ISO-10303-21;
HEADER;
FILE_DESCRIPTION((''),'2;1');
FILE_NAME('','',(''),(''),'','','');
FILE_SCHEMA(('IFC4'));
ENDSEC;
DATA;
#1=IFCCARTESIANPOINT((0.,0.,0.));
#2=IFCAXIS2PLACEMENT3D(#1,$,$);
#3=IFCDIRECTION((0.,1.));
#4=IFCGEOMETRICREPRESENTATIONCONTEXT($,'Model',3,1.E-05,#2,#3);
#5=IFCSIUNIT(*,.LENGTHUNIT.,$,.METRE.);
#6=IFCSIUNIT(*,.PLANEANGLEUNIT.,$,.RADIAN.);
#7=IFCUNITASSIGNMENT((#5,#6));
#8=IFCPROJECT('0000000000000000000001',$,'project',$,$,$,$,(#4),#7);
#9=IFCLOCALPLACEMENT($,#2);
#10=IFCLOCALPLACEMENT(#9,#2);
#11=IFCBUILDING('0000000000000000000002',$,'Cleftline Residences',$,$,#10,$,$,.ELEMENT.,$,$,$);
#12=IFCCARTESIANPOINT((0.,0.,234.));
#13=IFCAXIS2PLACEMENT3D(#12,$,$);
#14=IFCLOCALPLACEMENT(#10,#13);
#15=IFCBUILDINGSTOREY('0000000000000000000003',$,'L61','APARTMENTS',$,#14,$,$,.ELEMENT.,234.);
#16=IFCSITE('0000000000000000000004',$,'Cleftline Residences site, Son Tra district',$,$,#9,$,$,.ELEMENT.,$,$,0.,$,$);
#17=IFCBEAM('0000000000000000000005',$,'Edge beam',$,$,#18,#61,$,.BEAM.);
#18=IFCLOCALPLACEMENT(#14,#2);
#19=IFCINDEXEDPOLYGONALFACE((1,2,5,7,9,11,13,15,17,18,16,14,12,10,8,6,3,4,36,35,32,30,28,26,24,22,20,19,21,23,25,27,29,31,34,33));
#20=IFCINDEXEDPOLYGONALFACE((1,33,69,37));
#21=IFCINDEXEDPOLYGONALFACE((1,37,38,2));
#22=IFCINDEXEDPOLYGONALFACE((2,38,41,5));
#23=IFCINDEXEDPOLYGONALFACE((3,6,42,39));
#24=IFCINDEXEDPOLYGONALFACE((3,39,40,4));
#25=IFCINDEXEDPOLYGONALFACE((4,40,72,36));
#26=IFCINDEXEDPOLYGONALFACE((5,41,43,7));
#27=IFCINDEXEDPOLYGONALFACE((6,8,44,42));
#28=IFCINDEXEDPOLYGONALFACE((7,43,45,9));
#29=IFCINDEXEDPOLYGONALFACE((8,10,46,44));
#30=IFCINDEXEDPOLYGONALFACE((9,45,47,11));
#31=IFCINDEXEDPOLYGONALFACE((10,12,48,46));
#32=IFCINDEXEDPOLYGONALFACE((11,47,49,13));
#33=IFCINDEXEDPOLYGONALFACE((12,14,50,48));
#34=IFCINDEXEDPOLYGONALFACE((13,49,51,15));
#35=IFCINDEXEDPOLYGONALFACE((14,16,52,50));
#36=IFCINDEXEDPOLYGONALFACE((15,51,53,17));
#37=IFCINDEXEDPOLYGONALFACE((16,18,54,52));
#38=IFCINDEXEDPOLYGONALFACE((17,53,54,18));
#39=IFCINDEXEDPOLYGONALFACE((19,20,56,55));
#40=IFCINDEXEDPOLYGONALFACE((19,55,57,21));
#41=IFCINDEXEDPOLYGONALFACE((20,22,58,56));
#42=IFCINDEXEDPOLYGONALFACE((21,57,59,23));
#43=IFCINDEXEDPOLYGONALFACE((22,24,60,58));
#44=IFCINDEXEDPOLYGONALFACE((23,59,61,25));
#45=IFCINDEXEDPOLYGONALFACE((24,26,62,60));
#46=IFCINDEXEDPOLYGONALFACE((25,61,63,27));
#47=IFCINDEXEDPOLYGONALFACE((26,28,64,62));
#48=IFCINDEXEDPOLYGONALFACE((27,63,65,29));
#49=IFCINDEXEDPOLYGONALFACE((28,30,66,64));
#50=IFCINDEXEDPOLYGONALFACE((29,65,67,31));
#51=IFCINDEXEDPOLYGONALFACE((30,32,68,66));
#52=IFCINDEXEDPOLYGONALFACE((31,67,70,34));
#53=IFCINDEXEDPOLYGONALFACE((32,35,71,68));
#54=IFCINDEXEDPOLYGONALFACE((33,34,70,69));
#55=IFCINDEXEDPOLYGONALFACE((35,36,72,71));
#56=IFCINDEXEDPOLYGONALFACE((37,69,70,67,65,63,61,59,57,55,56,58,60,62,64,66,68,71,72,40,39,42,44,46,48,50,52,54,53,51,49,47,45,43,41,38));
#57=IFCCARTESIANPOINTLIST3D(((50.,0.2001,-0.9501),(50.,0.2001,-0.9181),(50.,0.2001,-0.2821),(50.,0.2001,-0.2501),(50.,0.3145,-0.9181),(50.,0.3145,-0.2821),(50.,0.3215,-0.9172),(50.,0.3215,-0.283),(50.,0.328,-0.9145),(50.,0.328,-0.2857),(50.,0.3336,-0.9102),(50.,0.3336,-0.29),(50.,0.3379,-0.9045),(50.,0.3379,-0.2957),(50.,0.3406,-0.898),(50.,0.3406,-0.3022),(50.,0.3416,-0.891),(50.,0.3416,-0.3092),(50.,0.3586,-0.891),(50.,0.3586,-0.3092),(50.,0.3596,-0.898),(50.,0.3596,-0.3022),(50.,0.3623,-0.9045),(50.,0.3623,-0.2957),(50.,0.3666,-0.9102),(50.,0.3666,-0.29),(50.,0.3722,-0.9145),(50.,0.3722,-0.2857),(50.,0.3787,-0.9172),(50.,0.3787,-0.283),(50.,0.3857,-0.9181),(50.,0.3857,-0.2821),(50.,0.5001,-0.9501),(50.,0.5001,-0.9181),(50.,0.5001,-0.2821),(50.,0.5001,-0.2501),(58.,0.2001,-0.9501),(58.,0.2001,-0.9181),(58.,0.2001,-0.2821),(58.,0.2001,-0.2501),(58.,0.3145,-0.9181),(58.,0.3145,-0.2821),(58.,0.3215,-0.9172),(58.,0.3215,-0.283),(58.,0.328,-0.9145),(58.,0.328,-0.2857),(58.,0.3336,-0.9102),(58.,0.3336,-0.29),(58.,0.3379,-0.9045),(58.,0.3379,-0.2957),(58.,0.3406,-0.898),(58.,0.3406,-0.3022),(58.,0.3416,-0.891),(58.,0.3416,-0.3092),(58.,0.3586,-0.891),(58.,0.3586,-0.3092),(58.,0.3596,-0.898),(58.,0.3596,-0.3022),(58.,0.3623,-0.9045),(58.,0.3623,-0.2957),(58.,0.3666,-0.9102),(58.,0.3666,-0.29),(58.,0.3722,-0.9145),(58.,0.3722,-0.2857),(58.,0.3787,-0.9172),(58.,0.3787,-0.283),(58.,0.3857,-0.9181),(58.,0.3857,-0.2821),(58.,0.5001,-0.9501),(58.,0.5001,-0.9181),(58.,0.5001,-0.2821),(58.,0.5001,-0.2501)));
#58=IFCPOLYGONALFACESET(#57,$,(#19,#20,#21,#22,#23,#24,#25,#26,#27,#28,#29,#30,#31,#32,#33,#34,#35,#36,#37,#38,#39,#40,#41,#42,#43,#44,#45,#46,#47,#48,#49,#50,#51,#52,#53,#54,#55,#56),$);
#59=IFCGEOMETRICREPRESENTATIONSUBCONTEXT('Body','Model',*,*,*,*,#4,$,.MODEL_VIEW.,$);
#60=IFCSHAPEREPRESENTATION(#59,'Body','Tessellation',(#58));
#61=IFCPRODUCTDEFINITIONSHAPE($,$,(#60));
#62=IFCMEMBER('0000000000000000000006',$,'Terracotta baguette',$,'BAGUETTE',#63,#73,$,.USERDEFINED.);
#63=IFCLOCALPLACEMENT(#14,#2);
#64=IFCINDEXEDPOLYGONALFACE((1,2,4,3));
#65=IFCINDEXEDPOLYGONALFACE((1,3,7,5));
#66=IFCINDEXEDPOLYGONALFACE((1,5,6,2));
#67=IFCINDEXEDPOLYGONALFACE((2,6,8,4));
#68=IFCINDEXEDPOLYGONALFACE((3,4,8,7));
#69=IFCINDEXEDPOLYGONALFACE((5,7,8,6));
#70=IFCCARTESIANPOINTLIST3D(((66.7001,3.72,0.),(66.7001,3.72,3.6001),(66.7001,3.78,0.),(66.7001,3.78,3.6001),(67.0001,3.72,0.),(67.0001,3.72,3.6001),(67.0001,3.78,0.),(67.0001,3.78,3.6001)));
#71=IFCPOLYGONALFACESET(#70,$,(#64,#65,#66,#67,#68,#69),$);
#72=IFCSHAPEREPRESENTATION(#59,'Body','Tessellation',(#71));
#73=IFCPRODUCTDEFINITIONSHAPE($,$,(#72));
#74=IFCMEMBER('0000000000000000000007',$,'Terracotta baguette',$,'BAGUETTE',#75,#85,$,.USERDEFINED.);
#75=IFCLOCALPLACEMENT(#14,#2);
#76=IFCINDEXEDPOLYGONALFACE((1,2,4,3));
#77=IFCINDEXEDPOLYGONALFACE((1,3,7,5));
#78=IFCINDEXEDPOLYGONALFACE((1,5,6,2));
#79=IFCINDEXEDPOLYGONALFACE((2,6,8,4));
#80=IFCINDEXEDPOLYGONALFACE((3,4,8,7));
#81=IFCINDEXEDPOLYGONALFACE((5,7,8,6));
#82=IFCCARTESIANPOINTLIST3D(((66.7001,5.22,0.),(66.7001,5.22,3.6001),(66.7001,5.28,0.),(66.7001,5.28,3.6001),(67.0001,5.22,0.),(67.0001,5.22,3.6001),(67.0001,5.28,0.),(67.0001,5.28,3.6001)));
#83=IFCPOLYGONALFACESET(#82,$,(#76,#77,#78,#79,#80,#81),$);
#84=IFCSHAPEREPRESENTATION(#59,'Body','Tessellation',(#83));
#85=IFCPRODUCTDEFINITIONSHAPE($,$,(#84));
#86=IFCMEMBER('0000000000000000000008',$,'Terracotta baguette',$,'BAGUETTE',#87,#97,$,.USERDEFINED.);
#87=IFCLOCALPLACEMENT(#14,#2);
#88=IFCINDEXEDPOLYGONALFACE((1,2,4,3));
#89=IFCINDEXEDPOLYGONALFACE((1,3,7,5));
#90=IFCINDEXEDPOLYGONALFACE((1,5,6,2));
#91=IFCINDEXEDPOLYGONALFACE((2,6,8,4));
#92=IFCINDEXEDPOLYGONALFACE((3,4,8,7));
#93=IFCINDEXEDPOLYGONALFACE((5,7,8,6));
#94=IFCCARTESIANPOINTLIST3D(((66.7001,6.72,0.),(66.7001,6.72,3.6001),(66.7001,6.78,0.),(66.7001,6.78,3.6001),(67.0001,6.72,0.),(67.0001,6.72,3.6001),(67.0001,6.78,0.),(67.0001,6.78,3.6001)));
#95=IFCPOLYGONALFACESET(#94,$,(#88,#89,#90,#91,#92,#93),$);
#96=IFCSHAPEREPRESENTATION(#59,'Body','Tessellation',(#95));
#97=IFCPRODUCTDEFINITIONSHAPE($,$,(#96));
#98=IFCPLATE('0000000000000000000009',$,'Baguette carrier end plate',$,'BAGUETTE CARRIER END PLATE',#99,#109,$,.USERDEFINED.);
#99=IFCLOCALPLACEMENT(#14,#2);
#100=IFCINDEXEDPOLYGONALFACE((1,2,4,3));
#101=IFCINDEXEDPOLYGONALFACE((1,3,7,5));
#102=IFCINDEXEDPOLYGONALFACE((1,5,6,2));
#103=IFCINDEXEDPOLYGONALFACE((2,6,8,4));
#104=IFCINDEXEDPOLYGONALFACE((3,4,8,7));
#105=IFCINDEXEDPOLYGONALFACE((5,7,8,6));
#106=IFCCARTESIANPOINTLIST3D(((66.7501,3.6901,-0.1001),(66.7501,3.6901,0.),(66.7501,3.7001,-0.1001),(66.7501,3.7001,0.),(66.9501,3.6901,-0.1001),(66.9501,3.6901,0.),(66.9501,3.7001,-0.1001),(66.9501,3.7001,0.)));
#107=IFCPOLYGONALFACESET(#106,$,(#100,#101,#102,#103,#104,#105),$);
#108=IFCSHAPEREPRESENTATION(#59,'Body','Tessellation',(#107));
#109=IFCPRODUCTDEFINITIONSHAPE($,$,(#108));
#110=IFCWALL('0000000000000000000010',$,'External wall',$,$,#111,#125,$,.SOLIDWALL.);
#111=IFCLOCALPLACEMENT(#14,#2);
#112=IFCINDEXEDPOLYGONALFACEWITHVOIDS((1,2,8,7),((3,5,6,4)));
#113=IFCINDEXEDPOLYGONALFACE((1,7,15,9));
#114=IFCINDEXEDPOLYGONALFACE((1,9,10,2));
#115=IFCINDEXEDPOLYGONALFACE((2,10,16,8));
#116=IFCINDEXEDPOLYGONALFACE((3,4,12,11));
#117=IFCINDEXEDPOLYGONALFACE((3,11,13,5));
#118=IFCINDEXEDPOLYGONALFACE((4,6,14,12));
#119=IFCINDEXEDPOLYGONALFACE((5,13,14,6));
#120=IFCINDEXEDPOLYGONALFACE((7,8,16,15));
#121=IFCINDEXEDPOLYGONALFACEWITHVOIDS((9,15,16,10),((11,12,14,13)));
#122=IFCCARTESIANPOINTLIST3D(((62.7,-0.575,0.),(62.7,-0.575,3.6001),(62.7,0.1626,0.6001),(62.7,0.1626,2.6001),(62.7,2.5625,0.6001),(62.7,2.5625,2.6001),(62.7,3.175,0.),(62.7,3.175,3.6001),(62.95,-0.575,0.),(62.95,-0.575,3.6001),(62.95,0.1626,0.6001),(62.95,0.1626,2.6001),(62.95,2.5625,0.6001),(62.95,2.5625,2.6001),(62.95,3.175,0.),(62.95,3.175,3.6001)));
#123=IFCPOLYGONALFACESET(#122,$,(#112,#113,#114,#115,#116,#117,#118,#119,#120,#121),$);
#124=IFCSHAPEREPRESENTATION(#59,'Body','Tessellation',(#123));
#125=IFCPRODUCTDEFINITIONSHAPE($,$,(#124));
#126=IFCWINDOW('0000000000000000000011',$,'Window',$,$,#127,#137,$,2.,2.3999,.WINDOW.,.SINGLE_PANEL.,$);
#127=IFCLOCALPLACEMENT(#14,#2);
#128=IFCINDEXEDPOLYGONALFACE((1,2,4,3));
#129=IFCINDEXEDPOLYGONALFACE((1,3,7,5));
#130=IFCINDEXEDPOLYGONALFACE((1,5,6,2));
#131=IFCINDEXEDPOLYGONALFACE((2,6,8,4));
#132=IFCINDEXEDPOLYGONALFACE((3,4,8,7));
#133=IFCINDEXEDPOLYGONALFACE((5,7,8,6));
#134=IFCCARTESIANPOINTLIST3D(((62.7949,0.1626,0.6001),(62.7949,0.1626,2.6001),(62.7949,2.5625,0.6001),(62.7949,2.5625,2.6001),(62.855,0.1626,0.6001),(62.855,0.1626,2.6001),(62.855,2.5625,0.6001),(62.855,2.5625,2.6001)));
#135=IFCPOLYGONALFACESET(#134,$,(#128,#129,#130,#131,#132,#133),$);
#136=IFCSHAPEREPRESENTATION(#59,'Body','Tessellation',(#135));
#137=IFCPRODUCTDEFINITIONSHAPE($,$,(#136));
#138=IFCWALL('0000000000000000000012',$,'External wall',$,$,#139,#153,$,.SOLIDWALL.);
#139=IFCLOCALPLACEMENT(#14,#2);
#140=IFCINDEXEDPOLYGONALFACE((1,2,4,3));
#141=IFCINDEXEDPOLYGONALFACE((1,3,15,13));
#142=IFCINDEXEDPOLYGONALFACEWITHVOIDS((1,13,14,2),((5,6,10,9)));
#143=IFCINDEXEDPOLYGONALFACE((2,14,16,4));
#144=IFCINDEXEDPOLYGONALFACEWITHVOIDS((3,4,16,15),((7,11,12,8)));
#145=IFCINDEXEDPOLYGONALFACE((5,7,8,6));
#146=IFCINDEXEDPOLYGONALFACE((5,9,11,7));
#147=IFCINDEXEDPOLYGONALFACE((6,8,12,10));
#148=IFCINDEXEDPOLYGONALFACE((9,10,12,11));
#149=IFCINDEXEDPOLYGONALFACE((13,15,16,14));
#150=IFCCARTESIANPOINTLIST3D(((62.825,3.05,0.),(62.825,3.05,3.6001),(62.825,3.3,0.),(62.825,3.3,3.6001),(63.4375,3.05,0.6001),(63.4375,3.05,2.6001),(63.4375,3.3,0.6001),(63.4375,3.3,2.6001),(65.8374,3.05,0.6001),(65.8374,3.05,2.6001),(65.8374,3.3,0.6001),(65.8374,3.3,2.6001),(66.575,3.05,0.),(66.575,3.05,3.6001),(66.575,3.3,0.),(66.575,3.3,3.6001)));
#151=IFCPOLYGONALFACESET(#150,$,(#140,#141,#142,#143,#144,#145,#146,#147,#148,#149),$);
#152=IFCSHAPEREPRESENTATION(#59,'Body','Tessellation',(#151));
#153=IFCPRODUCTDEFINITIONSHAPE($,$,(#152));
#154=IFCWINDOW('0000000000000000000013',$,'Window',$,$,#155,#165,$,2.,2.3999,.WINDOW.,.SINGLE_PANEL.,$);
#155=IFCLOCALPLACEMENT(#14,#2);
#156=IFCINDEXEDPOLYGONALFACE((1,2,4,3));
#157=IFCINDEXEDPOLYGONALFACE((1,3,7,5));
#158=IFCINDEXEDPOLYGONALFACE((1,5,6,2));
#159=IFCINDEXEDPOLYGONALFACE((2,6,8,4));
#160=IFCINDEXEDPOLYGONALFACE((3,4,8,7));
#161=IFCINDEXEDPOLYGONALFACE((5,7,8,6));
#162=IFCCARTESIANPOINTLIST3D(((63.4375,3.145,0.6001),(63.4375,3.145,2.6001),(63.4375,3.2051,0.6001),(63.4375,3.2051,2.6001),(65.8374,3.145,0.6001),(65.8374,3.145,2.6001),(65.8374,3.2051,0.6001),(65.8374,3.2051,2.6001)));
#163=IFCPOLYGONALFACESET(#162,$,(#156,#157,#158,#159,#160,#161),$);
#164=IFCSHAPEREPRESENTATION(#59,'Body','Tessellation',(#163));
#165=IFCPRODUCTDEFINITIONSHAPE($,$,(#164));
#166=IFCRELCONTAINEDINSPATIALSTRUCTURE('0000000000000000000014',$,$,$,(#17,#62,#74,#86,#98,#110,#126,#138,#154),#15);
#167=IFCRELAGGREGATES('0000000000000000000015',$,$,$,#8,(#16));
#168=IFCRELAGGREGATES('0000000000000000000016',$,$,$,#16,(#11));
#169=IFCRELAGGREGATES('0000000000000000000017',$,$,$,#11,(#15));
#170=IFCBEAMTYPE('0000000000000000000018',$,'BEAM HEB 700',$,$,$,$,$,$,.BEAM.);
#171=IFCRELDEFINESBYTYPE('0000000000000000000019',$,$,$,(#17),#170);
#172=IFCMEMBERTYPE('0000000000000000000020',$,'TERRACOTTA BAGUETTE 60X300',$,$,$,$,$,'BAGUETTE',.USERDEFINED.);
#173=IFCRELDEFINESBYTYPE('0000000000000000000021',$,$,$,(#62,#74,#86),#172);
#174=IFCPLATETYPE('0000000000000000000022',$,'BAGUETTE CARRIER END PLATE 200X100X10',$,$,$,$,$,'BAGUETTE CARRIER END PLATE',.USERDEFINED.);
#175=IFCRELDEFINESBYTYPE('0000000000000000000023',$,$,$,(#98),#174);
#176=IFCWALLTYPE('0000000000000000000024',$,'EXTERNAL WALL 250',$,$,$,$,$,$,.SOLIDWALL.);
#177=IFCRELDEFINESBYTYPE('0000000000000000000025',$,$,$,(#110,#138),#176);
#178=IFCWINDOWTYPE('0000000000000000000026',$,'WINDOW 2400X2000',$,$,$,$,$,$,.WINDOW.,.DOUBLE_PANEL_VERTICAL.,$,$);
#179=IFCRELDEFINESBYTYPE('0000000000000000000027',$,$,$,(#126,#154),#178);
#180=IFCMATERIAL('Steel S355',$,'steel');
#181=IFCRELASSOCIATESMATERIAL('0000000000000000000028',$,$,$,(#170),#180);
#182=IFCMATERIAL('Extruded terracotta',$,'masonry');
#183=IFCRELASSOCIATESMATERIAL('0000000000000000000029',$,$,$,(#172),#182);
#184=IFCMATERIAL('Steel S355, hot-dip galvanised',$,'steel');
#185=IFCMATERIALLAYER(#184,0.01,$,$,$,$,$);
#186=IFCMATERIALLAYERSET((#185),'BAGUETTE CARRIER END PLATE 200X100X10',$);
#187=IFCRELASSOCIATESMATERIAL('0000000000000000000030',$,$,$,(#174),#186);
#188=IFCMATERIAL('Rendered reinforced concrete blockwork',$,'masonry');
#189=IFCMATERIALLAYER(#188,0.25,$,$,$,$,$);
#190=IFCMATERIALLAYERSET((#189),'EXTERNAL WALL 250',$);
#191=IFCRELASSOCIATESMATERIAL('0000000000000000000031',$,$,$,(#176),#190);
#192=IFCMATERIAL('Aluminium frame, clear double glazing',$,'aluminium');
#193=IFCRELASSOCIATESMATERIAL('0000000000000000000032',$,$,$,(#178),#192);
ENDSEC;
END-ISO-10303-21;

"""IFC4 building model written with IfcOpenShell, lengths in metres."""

from ifc_helpers import new_model, si_unit, direction, frame, frame_2d, origin, origin_2d, place, context, subcontext, project, spatial, rectangle, i_section, extrude, material, layer, layer_set, material_profile, profile_set, type_object, element, fill, save


model = new_model("IFC4")

# Units and contexts
model_context = context("Model", 3, precision=1e-05, world=origin(), true_north=direction((0.0, 1.0)))
body_context = subcontext(model_context, "Body", "Model", "MODEL_VIEW")
ifc_project = project(units=[si_unit("LENGTHUNIT", "METRE"), si_unit("PLANEANGLEUNIT", "RADIAN")], contexts=[model_context])

# Site, building, storey
site_placement = place(None, origin())
site = spatial("IfcSite", under=ifc_project, at=site_placement, Name="Cleftline Residences site, Son Tra district", CompositionType="ELEMENT", RefElevation=0.0)
building_placement = place(site_placement, origin())
building = spatial("IfcBuilding", under=site, at=building_placement, Name="Cleftline Residences", CompositionType="ELEMENT")
storey_placement = place(building_placement, frame((0.0, 0.0, 234.0)))
storey = spatial("IfcBuildingStorey", under=building, at=storey_placement, Name="L61", Description="APARTMENTS", CompositionType="ELEMENT", Elevation=234.0)

# Beam
ifc_material_1 = material(Name="Steel S355", Category="steel")
ifc_material_profile_1 = material_profile(ifc_material_1, i_section(OverallWidth=0.3, OverallDepth=0.7, WebThickness=0.0171, FlangeThickness=0.032, FilletRadius=0.0271, at=origin_2d()))
ifc_profile_set_1 = profile_set([ifc_material_profile_1], Name="Steel S355")
beam_type = type_object("IfcBeamType", Name="BEAM HEB 700", PredefinedType="BEAM", material=ifc_profile_set_1)
beam_placement = place(storey_placement, frame((58.0, 0.3501, -0.6001), z_axis=(-1.0, 0.0, 0.0), x_axis=(0.0, -1.0, 0.0)))
element("IfcBeam", 1, at=beam_placement, inside=storey, type_object=beam_type, Name="Edge beam", PredefinedType="BEAM", context=body_context, shape_type="SweptSolid", body=[
    extrude(i_section(OverallWidth=0.3, OverallDepth=0.7, WebThickness=0.0171, FlangeThickness=0.032, FilletRadius=0.0271, at=origin_2d()), origin(), (0.0, 0.0, 1.0), 8.0),
])

# Members
ifc_material_2 = material(Name="Extruded terracotta", Category="masonry")
ifc_material_profile_2 = material_profile(ifc_material_2, rectangle(XDim=0.0601, YDim=0.3, at=origin_2d()))
ifc_profile_set_2 = profile_set([ifc_material_profile_2], Name="Extruded terracotta")
member_type_1 = type_object("IfcMemberType", Name="TERRACOTTA BAGUETTE 60X300", ElementType="BAGUETTE", PredefinedType="USERDEFINED", material=ifc_profile_set_2)
for number, where, z_axis, x_axis, name in (
    (2, (66.8501, 3.75, 0.0), (0.0, 0.0, 1.0), (0.0, 1.0, 0.0), "Terracotta baguette"),
    (3, (66.8501, 5.25, 0.0), (0.0, 0.0, 1.0), (0.0, 1.0, 0.0), "Terracotta baguette"),
    (4, (66.8501, 6.75, 0.0), (0.0, 0.0, 1.0), (0.0, 1.0, 0.0), "Terracotta baguette"),
):
    element("IfcMember", number, at=place(storey_placement, frame(where, z_axis=z_axis, x_axis=x_axis)), inside=storey, type_object=member_type_1, Name=name, ObjectType="BAGUETTE", PredefinedType="USERDEFINED", context=body_context, shape_type="SweptSolid", body=[
        extrude(rectangle(XDim=0.0601, YDim=0.3, at=origin_2d()), origin(), (0.0, 0.0, 1.0), 3.6001),
    ])

# Plate
ifc_material_3 = material(Name="Steel S355, hot-dip galvanised", Category="steel")
ifc_layer_1 = layer(ifc_material_3, 0.01)
ifc_layer_set_1 = layer_set([ifc_layer_1], Name="BAGUETTE CARRIER END PLATE 200X100X10")
plate_type = type_object("IfcPlateType", Name="BAGUETTE CARRIER END PLATE 200X100X10", ElementType="BAGUETTE CARRIER END PLATE", PredefinedType="USERDEFINED", material=ifc_layer_set_1)
plate_placement = place(storey_placement, frame((66.8501, 3.6951, -0.1001), z_axis=(0.0, 0.0, 1.0), x_axis=(1.0, 0.0, 0.0)))
element("IfcPlate", 5, at=plate_placement, inside=storey, type_object=plate_type, Name="Baguette carrier end plate", ObjectType="BAGUETTE CARRIER END PLATE", PredefinedType="USERDEFINED", context=body_context, shape_type="SweptSolid", body=[
    extrude(rectangle(XDim=0.2, YDim=0.01, at=origin_2d()), origin(), (0.0, 0.0, 1.0), 0.1001),
])

# Walls, openings, windows
ifc_material_4 = material(Name="Rendered reinforced concrete blockwork", Category="masonry")
ifc_layer_2 = layer(ifc_material_4, 0.25)
ifc_layer_set_2 = layer_set([ifc_layer_2], Name="EXTERNAL WALL 250")
wall_type_1 = type_object("IfcWallType", Name="EXTERNAL WALL 250", PredefinedType="SOLIDWALL", material=ifc_layer_set_2)
wall_1_placement = place(storey_placement, frame((62.825, -0.575, 0.0), z_axis=(0.0, 0.0, 1.0), x_axis=(0.0, 1.0, 0.0)))
wall_1 = element("IfcWall", 6, at=wall_1_placement, inside=storey, type_object=wall_type_1, Name="External wall", PredefinedType="SOLIDWALL", context=body_context, shape_type="SweptSolid", body=[
    extrude(rectangle(XDim=3.75, YDim=0.25, at=frame_2d((1.875, 0.0))), origin(), (0.0, 0.0, 1.0), 3.6001),
])
opening_1_placement = place(wall_1_placement, frame((0.7375, 0.0, 0.6001)))
opening_1 = element("IfcOpeningElement", 7, at=opening_1_placement, cuts=wall_1, PredefinedType="OPENING", context=body_context, shape_type="SweptSolid", body=[
    extrude(rectangle(XDim=2.3999, YDim=2.0, at=frame_2d((1.2, 1.0))), frame((0.0, 0.135, 0.0), z_axis=(0.0, -1.0, 0.0), x_axis=(1.0, 0.0, 0.0)), (0.0, 0.0, 1.0), 0.27),
])
ifc_material_5 = material(Name="Aluminium frame, clear double glazing", Category="aluminium")
window_type_1 = type_object("IfcWindowType", Name="WINDOW 2400X2000", PartitioningType="DOUBLE_PANEL_VERTICAL", PredefinedType="WINDOW", material=ifc_material_5)
window_1_placement = place(opening_1_placement, origin())
window_1 = element("IfcWindow", 8, at=window_1_placement, inside=storey, type_object=window_type_1, Name="Window", OverallHeight=2.0, OverallWidth=2.3999, PartitioningType="SINGLE_PANEL", PredefinedType="WINDOW", context=body_context, shape_type="SweptSolid", body=[
    extrude(rectangle(XDim=2.3999, YDim=2.0, at=frame_2d((1.2, 1.0))), frame((0.0, 0.03, 0.0), z_axis=(0.0, -1.0, 0.0), x_axis=(1.0, 0.0, 0.0)), (0.0, 0.0, 1.0), 0.0601),
])
fill(opening_1, window_1)
wall_2_placement = place(storey_placement, frame((62.825, 3.175, 0.0), z_axis=(0.0, 0.0, 1.0), x_axis=(1.0, 0.0, 0.0)))
wall_2 = element("IfcWall", 9, at=wall_2_placement, inside=storey, type_object=wall_type_1, Name="External wall", PredefinedType="SOLIDWALL", context=body_context, shape_type="SweptSolid", body=[
    extrude(rectangle(XDim=3.75, YDim=0.25, at=frame_2d((1.875, 0.0))), origin(), (0.0, 0.0, 1.0), 3.6001),
])
opening_2_placement = place(wall_2_placement, frame((0.6125, 0.0, 0.6001)))
opening_2 = element("IfcOpeningElement", 10, at=opening_2_placement, cuts=wall_2, PredefinedType="OPENING", context=body_context, shape_type="SweptSolid", body=[
    extrude(rectangle(XDim=2.3999, YDim=2.0, at=frame_2d((1.2, 1.0))), frame((0.0, 0.135, 0.0), z_axis=(0.0, -1.0, 0.0), x_axis=(1.0, 0.0, 0.0)), (0.0, 0.0, 1.0), 0.27),
])
window_2_placement = place(opening_2_placement, origin())
window_2 = element("IfcWindow", 11, at=window_2_placement, inside=storey, type_object=window_type_1, Name="Window", OverallHeight=2.0, OverallWidth=2.3999, PartitioningType="SINGLE_PANEL", PredefinedType="WINDOW", context=body_context, shape_type="SweptSolid", body=[
    extrude(rectangle(XDim=2.3999, YDim=2.0, at=frame_2d((1.2, 1.0))), frame((0.0, 0.03, 0.0), z_axis=(0.0, -1.0, 0.0), x_axis=(1.0, 0.0, 0.0)), (0.0, 0.0, 1.0), 0.0601),
])
fill(opening_2, window_2)

save(model, "model.ifc")
